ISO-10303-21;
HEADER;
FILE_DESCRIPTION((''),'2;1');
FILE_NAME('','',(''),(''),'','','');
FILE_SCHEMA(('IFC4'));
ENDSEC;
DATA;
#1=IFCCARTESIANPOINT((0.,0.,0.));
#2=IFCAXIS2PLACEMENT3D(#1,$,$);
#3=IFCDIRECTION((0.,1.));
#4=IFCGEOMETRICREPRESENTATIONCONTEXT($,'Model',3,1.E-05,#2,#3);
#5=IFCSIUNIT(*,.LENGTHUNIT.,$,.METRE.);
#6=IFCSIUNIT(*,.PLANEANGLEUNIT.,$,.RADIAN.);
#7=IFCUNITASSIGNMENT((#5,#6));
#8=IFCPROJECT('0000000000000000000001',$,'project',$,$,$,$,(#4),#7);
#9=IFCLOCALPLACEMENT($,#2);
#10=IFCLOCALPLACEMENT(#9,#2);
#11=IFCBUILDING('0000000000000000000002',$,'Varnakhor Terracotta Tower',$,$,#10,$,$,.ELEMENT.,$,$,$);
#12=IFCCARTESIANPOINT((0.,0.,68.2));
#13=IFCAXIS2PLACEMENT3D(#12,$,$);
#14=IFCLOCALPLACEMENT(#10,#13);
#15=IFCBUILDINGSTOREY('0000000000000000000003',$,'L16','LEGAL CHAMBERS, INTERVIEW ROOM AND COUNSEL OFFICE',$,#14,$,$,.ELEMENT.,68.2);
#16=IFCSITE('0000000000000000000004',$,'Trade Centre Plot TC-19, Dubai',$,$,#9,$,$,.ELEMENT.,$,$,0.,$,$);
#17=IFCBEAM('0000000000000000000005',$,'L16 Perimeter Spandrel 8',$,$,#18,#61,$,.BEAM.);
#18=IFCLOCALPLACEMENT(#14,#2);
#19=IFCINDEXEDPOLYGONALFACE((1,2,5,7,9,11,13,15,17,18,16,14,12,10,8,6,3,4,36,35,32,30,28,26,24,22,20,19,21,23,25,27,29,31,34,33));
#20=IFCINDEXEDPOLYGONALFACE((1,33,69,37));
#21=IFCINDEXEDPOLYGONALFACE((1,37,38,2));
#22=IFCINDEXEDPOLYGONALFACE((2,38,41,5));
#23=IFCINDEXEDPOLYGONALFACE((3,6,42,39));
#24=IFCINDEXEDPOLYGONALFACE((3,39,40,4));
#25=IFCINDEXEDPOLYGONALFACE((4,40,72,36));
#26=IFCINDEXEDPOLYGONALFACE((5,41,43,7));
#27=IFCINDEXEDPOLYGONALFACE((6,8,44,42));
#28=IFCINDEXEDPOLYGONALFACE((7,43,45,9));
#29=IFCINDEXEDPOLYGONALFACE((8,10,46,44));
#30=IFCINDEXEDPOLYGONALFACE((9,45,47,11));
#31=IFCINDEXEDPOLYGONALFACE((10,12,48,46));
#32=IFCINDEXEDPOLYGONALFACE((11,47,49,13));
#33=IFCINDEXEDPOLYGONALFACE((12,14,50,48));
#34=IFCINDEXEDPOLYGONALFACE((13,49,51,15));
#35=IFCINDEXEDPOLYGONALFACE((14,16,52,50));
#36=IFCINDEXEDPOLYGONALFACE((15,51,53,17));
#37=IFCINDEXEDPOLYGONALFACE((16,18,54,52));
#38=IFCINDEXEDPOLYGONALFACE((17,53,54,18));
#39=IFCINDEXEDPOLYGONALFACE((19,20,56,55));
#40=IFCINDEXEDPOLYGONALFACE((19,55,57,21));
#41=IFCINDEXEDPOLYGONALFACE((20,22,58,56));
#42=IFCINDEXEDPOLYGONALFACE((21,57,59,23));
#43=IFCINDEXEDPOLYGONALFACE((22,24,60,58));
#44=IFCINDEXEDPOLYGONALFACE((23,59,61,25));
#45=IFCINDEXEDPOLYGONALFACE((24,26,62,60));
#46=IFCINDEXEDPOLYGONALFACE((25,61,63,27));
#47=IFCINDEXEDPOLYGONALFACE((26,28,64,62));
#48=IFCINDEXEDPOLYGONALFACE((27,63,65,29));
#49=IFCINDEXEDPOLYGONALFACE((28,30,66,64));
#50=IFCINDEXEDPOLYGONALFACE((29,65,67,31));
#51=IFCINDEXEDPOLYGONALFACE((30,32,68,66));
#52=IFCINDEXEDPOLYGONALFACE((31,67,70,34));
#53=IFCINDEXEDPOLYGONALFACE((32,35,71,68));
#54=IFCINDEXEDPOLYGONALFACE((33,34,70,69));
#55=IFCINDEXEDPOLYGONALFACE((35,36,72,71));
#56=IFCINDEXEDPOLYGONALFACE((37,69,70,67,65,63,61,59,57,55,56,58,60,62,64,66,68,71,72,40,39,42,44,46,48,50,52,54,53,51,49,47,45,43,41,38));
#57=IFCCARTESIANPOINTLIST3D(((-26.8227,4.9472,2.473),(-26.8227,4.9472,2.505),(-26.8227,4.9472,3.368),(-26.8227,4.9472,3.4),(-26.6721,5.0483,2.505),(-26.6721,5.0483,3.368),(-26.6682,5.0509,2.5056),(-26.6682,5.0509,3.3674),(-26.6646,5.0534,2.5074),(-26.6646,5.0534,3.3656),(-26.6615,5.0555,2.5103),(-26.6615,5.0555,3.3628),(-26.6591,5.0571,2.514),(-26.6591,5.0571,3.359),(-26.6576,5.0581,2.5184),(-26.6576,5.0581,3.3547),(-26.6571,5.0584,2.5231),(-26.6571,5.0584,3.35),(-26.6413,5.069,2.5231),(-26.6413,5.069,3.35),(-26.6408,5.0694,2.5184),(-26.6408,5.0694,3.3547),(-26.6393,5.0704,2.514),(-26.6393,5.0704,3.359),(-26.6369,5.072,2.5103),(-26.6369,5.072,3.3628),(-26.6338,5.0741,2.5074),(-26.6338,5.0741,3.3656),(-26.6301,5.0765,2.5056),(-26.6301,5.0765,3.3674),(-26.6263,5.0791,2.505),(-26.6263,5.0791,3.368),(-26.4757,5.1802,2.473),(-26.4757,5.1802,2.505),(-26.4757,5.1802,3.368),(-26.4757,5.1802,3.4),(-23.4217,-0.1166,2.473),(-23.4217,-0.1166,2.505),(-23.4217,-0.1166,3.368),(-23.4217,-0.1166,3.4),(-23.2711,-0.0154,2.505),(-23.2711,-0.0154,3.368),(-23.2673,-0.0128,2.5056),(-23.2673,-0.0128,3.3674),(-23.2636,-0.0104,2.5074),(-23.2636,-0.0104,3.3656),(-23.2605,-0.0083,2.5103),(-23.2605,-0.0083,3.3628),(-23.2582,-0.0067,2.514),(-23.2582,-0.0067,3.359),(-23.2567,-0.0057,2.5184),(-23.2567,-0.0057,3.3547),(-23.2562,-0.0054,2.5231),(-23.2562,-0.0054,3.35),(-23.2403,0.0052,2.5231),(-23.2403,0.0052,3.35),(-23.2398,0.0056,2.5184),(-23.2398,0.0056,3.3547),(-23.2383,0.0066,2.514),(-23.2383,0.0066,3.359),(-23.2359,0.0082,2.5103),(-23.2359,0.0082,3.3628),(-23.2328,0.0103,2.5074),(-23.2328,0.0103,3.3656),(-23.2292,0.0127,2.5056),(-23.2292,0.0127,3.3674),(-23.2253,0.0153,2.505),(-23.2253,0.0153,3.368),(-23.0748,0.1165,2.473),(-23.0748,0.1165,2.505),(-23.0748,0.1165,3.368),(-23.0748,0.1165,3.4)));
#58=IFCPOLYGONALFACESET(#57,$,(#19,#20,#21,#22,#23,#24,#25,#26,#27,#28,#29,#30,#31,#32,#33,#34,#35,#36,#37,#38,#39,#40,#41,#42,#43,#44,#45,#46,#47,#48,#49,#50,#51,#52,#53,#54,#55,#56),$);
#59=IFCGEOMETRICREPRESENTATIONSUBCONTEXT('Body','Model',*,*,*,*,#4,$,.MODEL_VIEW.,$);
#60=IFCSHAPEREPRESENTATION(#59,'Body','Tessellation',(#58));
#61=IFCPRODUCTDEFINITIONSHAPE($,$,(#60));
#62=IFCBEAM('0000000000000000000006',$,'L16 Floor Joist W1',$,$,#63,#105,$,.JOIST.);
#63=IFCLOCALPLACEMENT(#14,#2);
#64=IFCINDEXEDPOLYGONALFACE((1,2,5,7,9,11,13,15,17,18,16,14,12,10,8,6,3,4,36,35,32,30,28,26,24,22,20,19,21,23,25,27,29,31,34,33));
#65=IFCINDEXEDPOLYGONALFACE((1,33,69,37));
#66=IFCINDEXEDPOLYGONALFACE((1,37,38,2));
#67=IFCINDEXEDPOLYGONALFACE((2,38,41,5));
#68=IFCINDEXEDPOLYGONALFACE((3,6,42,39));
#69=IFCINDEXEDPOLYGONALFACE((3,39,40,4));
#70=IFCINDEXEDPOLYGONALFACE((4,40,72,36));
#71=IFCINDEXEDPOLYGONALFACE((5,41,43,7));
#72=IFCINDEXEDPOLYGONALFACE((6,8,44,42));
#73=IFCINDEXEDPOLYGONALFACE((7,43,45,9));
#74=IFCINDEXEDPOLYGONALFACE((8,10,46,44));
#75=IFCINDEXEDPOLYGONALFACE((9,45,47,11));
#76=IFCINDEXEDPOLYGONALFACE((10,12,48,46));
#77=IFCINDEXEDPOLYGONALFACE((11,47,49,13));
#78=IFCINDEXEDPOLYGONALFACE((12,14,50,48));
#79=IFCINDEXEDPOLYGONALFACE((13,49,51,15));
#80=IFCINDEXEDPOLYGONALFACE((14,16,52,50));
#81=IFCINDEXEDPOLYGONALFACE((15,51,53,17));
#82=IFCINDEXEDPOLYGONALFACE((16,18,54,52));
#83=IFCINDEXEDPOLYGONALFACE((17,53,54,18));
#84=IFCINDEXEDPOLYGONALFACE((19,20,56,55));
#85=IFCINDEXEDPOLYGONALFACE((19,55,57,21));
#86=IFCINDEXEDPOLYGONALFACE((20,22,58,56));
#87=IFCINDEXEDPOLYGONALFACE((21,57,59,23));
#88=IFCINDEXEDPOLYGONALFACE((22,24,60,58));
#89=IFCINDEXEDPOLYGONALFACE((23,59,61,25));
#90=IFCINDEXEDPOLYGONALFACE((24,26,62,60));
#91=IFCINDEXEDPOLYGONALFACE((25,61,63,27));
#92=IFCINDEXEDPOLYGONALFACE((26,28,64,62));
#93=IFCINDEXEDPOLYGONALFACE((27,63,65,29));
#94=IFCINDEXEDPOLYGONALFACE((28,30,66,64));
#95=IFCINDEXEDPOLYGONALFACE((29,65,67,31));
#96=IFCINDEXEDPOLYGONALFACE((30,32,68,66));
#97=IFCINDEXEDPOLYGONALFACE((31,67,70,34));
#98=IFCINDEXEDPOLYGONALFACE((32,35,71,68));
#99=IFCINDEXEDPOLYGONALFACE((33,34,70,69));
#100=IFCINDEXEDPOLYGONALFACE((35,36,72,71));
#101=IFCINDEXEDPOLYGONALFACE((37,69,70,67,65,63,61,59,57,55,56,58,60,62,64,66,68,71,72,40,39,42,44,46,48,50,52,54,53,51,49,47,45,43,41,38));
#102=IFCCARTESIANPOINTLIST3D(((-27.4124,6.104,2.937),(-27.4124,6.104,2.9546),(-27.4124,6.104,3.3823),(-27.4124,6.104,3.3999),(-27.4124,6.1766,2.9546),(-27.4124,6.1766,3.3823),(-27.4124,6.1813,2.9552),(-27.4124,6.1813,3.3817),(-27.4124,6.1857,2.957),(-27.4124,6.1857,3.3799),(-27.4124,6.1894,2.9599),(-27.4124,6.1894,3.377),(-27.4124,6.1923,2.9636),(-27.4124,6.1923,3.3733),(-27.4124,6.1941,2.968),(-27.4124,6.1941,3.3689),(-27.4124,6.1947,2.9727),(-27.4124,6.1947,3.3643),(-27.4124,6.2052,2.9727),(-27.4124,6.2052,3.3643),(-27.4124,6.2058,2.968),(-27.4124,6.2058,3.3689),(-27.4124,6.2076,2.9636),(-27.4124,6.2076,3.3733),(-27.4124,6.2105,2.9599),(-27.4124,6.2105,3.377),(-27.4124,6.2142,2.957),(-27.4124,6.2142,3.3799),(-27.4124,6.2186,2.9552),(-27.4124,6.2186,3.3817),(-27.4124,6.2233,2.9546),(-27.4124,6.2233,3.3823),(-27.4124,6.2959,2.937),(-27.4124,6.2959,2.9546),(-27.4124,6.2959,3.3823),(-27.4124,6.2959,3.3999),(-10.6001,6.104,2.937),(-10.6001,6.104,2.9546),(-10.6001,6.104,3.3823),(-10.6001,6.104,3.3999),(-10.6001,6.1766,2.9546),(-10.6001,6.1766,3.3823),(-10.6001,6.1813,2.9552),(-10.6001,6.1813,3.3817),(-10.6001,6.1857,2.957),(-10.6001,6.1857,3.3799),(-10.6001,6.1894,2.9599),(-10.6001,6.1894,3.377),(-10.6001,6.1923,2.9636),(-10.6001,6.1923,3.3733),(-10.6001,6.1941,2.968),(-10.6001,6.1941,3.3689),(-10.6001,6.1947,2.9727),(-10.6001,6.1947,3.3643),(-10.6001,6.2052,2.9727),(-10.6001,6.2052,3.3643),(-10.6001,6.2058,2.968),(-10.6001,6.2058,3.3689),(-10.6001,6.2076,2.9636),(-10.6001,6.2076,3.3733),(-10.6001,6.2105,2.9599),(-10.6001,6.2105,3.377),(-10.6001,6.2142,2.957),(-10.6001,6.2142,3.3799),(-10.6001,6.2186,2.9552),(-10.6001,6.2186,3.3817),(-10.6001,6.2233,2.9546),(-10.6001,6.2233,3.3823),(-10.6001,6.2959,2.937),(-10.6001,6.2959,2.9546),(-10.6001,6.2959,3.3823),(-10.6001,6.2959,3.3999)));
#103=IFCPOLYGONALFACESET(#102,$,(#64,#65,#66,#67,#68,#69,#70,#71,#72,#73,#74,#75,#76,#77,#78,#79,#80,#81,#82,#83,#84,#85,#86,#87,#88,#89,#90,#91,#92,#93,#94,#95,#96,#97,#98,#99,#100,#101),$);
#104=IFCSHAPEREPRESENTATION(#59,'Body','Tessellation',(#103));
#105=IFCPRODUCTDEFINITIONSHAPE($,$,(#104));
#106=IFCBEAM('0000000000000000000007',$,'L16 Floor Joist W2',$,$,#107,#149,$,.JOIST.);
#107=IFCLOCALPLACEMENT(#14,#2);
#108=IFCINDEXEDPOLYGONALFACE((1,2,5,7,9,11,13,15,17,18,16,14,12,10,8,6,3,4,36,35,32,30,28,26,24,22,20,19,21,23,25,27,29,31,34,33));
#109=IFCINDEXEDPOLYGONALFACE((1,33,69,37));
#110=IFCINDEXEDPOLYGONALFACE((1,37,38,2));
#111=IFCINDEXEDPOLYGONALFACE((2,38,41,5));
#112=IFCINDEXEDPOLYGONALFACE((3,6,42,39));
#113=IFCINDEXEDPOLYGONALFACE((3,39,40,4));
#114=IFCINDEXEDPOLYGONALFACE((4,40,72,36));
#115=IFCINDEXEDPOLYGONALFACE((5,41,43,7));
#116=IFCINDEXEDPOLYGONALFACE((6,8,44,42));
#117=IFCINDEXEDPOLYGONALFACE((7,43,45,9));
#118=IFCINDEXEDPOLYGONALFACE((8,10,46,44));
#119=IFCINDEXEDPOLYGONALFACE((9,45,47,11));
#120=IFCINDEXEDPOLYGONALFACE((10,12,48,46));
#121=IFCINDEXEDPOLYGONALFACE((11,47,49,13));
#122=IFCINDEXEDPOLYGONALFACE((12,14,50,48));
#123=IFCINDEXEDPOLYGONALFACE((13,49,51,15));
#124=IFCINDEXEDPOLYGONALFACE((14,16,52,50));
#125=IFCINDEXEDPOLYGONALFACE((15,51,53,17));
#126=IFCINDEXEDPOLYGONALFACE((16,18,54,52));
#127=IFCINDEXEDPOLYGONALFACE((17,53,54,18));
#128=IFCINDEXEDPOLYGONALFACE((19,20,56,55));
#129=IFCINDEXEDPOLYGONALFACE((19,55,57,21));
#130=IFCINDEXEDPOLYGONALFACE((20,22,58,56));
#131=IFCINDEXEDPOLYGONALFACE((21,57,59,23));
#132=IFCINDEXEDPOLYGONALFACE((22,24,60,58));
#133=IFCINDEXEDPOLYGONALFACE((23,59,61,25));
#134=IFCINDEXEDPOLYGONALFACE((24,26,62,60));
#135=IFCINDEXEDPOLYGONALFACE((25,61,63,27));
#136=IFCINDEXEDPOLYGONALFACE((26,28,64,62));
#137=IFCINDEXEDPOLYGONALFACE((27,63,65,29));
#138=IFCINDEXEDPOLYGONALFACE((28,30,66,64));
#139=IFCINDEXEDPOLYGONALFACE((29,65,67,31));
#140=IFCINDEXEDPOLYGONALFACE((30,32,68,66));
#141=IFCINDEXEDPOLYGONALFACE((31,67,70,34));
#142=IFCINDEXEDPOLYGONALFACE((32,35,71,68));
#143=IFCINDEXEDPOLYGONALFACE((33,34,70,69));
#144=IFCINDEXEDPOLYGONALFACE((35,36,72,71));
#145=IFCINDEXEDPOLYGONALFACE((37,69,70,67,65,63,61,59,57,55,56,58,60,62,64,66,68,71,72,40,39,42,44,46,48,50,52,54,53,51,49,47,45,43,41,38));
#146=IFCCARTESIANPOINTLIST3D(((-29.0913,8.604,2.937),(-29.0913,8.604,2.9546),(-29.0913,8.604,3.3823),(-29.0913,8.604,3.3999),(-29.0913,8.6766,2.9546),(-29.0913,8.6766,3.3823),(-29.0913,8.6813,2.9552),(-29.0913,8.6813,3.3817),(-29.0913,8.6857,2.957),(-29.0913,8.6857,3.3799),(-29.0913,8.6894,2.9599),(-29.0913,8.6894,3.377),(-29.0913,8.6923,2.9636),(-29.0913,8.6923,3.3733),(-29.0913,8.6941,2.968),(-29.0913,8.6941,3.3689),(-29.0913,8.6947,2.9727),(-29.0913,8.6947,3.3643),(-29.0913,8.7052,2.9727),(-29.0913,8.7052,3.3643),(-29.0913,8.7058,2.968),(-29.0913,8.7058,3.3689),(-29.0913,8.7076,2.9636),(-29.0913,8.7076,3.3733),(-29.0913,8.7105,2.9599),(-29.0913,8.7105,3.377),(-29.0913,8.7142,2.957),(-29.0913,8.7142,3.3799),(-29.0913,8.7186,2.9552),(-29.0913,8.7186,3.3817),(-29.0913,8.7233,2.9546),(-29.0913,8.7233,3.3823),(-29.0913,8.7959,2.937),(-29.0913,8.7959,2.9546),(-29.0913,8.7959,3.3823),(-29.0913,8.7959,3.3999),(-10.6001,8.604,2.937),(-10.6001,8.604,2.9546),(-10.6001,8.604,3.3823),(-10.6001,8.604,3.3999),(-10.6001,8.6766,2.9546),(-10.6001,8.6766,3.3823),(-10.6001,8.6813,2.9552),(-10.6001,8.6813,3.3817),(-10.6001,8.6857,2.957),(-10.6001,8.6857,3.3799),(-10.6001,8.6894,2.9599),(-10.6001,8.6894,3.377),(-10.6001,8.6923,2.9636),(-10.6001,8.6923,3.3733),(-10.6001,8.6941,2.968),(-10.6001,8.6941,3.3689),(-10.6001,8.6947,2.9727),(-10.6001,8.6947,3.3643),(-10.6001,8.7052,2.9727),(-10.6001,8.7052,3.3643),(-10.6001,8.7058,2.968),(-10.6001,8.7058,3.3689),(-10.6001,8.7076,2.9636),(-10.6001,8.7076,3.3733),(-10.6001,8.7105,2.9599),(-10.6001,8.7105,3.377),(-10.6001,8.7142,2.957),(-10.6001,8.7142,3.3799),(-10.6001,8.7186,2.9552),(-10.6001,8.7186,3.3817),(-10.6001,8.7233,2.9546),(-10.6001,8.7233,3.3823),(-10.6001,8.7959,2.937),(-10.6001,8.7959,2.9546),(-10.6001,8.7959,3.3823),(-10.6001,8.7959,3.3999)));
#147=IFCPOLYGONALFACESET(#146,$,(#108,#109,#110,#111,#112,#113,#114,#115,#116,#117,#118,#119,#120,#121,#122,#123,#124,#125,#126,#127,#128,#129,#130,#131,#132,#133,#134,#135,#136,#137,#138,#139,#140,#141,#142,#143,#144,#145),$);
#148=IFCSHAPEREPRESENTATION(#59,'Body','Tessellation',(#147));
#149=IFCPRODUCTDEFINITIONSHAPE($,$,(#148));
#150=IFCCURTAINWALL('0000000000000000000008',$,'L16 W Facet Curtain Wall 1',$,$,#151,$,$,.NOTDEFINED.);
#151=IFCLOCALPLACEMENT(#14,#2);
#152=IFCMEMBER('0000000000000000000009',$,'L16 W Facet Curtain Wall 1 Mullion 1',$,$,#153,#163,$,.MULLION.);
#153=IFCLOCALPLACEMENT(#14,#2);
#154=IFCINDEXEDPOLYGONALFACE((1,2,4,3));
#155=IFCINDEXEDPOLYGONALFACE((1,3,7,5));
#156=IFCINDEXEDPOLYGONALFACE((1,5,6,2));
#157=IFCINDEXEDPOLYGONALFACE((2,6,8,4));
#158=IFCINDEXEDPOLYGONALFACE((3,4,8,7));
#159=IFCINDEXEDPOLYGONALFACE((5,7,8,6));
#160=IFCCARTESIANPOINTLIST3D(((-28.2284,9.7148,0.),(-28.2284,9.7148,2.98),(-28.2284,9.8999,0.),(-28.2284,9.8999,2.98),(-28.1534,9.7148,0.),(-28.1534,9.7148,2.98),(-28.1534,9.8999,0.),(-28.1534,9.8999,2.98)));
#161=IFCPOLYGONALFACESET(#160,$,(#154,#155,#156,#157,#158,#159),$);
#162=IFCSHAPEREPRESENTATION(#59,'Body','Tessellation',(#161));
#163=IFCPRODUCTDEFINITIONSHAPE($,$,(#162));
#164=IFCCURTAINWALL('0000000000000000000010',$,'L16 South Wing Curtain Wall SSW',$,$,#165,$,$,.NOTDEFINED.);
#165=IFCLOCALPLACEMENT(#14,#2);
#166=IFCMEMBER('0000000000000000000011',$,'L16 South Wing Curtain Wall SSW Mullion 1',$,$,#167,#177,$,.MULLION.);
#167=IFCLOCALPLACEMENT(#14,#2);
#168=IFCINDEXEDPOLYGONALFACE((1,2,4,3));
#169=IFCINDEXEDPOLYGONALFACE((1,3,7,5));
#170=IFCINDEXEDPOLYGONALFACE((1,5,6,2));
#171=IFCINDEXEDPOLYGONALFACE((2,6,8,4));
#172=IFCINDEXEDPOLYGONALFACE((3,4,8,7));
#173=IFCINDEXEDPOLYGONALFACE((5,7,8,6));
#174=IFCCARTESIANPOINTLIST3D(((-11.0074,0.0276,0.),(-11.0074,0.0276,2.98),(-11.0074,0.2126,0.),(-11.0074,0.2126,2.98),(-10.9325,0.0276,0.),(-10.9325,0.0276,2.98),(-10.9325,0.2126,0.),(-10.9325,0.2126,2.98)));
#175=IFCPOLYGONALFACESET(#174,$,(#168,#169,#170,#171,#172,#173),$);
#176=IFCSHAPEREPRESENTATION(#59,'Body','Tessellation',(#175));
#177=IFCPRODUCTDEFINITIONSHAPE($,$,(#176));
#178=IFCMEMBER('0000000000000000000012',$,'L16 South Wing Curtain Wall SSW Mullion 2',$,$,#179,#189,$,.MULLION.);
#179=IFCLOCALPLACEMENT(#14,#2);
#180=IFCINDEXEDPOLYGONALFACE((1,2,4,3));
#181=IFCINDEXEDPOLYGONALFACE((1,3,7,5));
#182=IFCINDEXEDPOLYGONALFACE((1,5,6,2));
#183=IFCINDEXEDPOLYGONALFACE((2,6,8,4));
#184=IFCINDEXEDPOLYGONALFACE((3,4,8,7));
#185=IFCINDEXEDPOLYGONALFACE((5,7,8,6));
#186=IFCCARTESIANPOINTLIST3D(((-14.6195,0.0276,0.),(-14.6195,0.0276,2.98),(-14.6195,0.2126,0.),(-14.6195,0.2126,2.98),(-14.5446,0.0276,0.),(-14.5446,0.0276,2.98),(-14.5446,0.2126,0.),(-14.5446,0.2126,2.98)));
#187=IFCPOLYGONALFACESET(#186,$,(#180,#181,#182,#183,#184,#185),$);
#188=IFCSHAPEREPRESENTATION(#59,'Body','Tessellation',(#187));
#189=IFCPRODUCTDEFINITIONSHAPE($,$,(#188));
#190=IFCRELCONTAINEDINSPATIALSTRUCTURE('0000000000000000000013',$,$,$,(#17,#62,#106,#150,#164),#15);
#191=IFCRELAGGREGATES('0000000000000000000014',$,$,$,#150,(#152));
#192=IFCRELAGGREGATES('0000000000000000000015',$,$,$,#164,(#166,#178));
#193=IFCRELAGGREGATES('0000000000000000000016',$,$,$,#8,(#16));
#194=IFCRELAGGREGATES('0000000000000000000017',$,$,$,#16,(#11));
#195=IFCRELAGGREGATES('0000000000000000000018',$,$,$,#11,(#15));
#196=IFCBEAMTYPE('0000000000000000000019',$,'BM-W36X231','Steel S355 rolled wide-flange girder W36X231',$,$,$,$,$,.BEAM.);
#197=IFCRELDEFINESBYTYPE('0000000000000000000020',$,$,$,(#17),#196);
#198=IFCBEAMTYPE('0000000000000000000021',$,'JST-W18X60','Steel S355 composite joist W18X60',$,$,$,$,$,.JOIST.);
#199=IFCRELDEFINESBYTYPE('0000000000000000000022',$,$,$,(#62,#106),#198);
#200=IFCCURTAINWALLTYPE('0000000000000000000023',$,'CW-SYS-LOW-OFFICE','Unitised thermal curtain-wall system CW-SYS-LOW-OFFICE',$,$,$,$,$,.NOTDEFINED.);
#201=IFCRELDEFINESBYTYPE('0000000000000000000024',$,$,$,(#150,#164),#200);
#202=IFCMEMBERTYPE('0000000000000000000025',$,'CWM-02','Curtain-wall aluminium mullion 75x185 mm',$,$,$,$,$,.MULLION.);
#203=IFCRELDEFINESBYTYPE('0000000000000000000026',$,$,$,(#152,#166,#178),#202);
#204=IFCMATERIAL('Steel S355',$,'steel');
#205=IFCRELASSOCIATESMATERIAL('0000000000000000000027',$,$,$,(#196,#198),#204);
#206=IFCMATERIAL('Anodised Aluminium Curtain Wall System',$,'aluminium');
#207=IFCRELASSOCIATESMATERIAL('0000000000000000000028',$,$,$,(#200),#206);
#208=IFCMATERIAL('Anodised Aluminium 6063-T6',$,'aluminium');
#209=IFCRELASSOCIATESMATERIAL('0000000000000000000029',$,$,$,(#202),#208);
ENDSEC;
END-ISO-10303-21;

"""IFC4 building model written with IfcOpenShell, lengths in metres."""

from ifc_helpers import new_model, si_unit, direction, frame, origin, origin_2d, place, context, subcontext, project, spatial, rectangle, i_section, extrude, source, transform, mapped, material, material_profile, profile_set, type_object, element, aggregate, save


model = new_model("IFC4")

# Units and contexts
model_context = context("Model", 3, precision=1e-05, world=origin(), true_north=direction((0.0, 1.0)))
body_context = subcontext(model_context, "Body", "Model", "MODEL_VIEW")
ifc_project = project(units=[si_unit("LENGTHUNIT", "METRE"), si_unit("PLANEANGLEUNIT", "RADIAN")], contexts=[model_context])

# Site, building, storey
site_placement = place(None, origin())
site = spatial("IfcSite", under=ifc_project, at=site_placement, Name="Trade Centre Plot TC-19, Dubai", CompositionType="ELEMENT", RefElevation=0.0)
building_placement = place(site_placement, origin())
building = spatial("IfcBuilding", under=site, at=building_placement, Name="Varnakhor Terracotta Tower", CompositionType="ELEMENT")
storey_placement = place(building_placement, frame((0.0, 0.0, 68.2)))
storey = spatial("IfcBuildingStorey", under=building, at=storey_placement, Name="L16", Description="LEGAL CHAMBERS, INTERVIEW ROOM AND COUNSEL OFFICE", CompositionType="ELEMENT", Elevation=68.2)

# Beams
ifc_material_1 = material(Name="Steel S355", Category="steel")
ifc_material_profile_1 = material_profile(ifc_material_1, i_section(OverallWidth=0.418, OverallDepth=0.927, WebThickness=0.019, FlangeThickness=0.032, FilletRadius=0.0181, at=origin_2d()), Name="W36X231")
ifc_profile_set_1 = profile_set([ifc_material_profile_1], Name="Steel S355")
beam_type_1 = type_object("IfcBeamType", Name="BM-W36X231", Description="Steel S355 rolled wide-flange girder W36X231", PredefinedType="BEAM", material=ifc_profile_set_1)
shared_shape_1 = source(origin(), body_context, "Body", "SweptSolid", [
    extrude(i_section(OverallWidth=0.418, OverallDepth=0.927, WebThickness=0.019, FlangeThickness=0.032, FilletRadius=0.0181, at=origin_2d()), origin(), (0.0, 0.0, 1.0), 6.0999),
])
beam_1_placement = place(storey_placement, frame((-26.6492, 5.0637, 2.9365), z_axis=(0.557542, -0.830149, 0.0), x_axis=(0.830149, 0.557542, 0.0)))
element("IfcBeam", 1, at=beam_1_placement, inside=storey, type_object=beam_type_1, Name="L16 Perimeter Spandrel 8", PredefinedType="BEAM", context=body_context, shape_type="MappedRepresentation", body=[
    mapped(shared_shape_1, transform((0.0, 0.0, 0.0), scale=1.0)),
])
ifc_material_profile_2 = material_profile(ifc_material_1, i_section(OverallWidth=0.1919, OverallDepth=0.4629, WebThickness=0.0105, FlangeThickness=0.0176, FilletRadius=0.0181, at=origin_2d()), Name="W18X60")
ifc_profile_set_2 = profile_set([ifc_material_profile_2], Name="Steel S355")
beam_type_2 = type_object("IfcBeamType", Name="JST-W18X60", Description="Steel S355 composite joist W18X60", PredefinedType="JOIST", material=ifc_profile_set_2)
shared_shape_2 = source(origin(), body_context, "Body", "SweptSolid", [
    extrude(i_section(OverallWidth=0.1919, OverallDepth=0.4629, WebThickness=0.0105, FlangeThickness=0.0176, FilletRadius=0.0181, at=origin_2d()), origin(), (0.0, 0.0, 1.0), 16.8123),
])
beam_2_placement = place(storey_placement, frame((-27.4124, 6.2, 3.1685), z_axis=(1.0, 0.0, 0.0), x_axis=(0.0, 1.0, 0.0)))
element("IfcBeam", 2, at=beam_2_placement, inside=storey, type_object=beam_type_2, Name="L16 Floor Joist W1", PredefinedType="JOIST", context=body_context, shape_type="MappedRepresentation", body=[
    mapped(shared_shape_2, transform((0.0, 0.0, 0.0), scale=1.0)),
])
shared_shape_3 = source(origin(), body_context, "Body", "SweptSolid", [
    extrude(i_section(OverallWidth=0.1919, OverallDepth=0.4629, WebThickness=0.0105, FlangeThickness=0.0176, FilletRadius=0.0181, at=origin_2d()), origin(), (0.0, 0.0, 1.0), 18.4912),
])
beam_3_placement = place(storey_placement, frame((-29.0913, 8.7, 3.1685), z_axis=(1.0, 0.0, 0.0), x_axis=(0.0, 1.0, 0.0)))
element("IfcBeam", 3, at=beam_3_placement, inside=storey, type_object=beam_type_2, Name="L16 Floor Joist W2", PredefinedType="JOIST", context=body_context, shape_type="MappedRepresentation", body=[
    mapped(shared_shape_3, transform((0.0, 0.0, 0.0), scale=1.0)),
])

# Curtain wall, member
ifc_material_2 = material(Name="Anodised Aluminium Curtain Wall System", Category="aluminium")
curtain_wall_type = type_object("IfcCurtainWallType", Name="CW-SYS-LOW-OFFICE", Description="Unitised thermal curtain-wall system CW-SYS-LOW-OFFICE", PredefinedType="NOTDEFINED", material=ifc_material_2)
curtain_wall_1_placement = place(storey_placement, origin())
curtain_wall_1 = element("IfcCurtainWall", 4, at=curtain_wall_1_placement, inside=storey, type_object=curtain_wall_type, Name="L16 W Facet Curtain Wall 1", PredefinedType="NOTDEFINED")
ifc_material_3 = material(Name="Anodised Aluminium 6063-T6", Category="aluminium")
ifc_material_profile_3 = material_profile(ifc_material_3, rectangle(XDim=0.075, YDim=0.1851, at=origin_2d()), Name="ALU MULLION 75x185")
ifc_profile_set_3 = profile_set([ifc_material_profile_3], Name="Anodised Aluminium 6063-T6")
member_type_1 = type_object("IfcMemberType", Name="CWM-02", Description="Curtain-wall aluminium mullion 75x185 mm", PredefinedType="MULLION", material=ifc_profile_set_3)
shared_shape_4 = source(origin(), body_context, "Body", "SweptSolid", [
    extrude(rectangle(XDim=0.075, YDim=0.1851, at=origin_2d()), origin(), (0.0, 0.0, 1.0), 2.98),
])
member_1_placement = place(storey_placement, frame((-28.1909, 9.8074, 0.0), z_axis=(0.0, 0.0, 1.0), x_axis=(1.0, 0.0, 0.0)))
member_1 = element("IfcMember", 5, at=member_1_placement, type_object=member_type_1, Name="L16 W Facet Curtain Wall 1 Mullion 1", PredefinedType="MULLION", context=body_context, shape_type="MappedRepresentation", body=[
    mapped(shared_shape_4, transform((0.0, 0.0, 0.0), scale=1.0)),
])

# Curtain wall, members
curtain_wall_2_placement = place(storey_placement, origin())
curtain_wall_2 = element("IfcCurtainWall", 6, at=curtain_wall_2_placement, inside=storey, type_object=curtain_wall_type, Name="L16 South Wing Curtain Wall SSW", PredefinedType="NOTDEFINED")
member_2_placement = place(storey_placement, frame((-10.97, 0.1201, 0.0), z_axis=(0.0, 0.0, 1.0), x_axis=(1.0, 0.0, 0.0)))
member_2 = element("IfcMember", 7, at=member_2_placement, type_object=member_type_1, Name="L16 South Wing Curtain Wall SSW Mullion 1", PredefinedType="MULLION", context=body_context, shape_type="MappedRepresentation", body=[
    mapped(shared_shape_4, transform((0.0, 0.0, 0.0), scale=1.0)),
])
member_3_placement = place(storey_placement, frame((-14.582, 0.1201, 0.0), z_axis=(0.0, 0.0, 1.0), x_axis=(1.0, 0.0, 0.0)))
member_3 = element("IfcMember", 8, at=member_3_placement, type_object=member_type_1, Name="L16 South Wing Curtain Wall SSW Mullion 2", PredefinedType="MULLION", context=body_context, shape_type="MappedRepresentation", body=[
    mapped(shared_shape_4, transform((0.0, 0.0, 0.0), scale=1.0)),
])

aggregate(curtain_wall_1, [member_1])
aggregate(curtain_wall_2, [member_2, member_3])

save(model, "model.ifc")
